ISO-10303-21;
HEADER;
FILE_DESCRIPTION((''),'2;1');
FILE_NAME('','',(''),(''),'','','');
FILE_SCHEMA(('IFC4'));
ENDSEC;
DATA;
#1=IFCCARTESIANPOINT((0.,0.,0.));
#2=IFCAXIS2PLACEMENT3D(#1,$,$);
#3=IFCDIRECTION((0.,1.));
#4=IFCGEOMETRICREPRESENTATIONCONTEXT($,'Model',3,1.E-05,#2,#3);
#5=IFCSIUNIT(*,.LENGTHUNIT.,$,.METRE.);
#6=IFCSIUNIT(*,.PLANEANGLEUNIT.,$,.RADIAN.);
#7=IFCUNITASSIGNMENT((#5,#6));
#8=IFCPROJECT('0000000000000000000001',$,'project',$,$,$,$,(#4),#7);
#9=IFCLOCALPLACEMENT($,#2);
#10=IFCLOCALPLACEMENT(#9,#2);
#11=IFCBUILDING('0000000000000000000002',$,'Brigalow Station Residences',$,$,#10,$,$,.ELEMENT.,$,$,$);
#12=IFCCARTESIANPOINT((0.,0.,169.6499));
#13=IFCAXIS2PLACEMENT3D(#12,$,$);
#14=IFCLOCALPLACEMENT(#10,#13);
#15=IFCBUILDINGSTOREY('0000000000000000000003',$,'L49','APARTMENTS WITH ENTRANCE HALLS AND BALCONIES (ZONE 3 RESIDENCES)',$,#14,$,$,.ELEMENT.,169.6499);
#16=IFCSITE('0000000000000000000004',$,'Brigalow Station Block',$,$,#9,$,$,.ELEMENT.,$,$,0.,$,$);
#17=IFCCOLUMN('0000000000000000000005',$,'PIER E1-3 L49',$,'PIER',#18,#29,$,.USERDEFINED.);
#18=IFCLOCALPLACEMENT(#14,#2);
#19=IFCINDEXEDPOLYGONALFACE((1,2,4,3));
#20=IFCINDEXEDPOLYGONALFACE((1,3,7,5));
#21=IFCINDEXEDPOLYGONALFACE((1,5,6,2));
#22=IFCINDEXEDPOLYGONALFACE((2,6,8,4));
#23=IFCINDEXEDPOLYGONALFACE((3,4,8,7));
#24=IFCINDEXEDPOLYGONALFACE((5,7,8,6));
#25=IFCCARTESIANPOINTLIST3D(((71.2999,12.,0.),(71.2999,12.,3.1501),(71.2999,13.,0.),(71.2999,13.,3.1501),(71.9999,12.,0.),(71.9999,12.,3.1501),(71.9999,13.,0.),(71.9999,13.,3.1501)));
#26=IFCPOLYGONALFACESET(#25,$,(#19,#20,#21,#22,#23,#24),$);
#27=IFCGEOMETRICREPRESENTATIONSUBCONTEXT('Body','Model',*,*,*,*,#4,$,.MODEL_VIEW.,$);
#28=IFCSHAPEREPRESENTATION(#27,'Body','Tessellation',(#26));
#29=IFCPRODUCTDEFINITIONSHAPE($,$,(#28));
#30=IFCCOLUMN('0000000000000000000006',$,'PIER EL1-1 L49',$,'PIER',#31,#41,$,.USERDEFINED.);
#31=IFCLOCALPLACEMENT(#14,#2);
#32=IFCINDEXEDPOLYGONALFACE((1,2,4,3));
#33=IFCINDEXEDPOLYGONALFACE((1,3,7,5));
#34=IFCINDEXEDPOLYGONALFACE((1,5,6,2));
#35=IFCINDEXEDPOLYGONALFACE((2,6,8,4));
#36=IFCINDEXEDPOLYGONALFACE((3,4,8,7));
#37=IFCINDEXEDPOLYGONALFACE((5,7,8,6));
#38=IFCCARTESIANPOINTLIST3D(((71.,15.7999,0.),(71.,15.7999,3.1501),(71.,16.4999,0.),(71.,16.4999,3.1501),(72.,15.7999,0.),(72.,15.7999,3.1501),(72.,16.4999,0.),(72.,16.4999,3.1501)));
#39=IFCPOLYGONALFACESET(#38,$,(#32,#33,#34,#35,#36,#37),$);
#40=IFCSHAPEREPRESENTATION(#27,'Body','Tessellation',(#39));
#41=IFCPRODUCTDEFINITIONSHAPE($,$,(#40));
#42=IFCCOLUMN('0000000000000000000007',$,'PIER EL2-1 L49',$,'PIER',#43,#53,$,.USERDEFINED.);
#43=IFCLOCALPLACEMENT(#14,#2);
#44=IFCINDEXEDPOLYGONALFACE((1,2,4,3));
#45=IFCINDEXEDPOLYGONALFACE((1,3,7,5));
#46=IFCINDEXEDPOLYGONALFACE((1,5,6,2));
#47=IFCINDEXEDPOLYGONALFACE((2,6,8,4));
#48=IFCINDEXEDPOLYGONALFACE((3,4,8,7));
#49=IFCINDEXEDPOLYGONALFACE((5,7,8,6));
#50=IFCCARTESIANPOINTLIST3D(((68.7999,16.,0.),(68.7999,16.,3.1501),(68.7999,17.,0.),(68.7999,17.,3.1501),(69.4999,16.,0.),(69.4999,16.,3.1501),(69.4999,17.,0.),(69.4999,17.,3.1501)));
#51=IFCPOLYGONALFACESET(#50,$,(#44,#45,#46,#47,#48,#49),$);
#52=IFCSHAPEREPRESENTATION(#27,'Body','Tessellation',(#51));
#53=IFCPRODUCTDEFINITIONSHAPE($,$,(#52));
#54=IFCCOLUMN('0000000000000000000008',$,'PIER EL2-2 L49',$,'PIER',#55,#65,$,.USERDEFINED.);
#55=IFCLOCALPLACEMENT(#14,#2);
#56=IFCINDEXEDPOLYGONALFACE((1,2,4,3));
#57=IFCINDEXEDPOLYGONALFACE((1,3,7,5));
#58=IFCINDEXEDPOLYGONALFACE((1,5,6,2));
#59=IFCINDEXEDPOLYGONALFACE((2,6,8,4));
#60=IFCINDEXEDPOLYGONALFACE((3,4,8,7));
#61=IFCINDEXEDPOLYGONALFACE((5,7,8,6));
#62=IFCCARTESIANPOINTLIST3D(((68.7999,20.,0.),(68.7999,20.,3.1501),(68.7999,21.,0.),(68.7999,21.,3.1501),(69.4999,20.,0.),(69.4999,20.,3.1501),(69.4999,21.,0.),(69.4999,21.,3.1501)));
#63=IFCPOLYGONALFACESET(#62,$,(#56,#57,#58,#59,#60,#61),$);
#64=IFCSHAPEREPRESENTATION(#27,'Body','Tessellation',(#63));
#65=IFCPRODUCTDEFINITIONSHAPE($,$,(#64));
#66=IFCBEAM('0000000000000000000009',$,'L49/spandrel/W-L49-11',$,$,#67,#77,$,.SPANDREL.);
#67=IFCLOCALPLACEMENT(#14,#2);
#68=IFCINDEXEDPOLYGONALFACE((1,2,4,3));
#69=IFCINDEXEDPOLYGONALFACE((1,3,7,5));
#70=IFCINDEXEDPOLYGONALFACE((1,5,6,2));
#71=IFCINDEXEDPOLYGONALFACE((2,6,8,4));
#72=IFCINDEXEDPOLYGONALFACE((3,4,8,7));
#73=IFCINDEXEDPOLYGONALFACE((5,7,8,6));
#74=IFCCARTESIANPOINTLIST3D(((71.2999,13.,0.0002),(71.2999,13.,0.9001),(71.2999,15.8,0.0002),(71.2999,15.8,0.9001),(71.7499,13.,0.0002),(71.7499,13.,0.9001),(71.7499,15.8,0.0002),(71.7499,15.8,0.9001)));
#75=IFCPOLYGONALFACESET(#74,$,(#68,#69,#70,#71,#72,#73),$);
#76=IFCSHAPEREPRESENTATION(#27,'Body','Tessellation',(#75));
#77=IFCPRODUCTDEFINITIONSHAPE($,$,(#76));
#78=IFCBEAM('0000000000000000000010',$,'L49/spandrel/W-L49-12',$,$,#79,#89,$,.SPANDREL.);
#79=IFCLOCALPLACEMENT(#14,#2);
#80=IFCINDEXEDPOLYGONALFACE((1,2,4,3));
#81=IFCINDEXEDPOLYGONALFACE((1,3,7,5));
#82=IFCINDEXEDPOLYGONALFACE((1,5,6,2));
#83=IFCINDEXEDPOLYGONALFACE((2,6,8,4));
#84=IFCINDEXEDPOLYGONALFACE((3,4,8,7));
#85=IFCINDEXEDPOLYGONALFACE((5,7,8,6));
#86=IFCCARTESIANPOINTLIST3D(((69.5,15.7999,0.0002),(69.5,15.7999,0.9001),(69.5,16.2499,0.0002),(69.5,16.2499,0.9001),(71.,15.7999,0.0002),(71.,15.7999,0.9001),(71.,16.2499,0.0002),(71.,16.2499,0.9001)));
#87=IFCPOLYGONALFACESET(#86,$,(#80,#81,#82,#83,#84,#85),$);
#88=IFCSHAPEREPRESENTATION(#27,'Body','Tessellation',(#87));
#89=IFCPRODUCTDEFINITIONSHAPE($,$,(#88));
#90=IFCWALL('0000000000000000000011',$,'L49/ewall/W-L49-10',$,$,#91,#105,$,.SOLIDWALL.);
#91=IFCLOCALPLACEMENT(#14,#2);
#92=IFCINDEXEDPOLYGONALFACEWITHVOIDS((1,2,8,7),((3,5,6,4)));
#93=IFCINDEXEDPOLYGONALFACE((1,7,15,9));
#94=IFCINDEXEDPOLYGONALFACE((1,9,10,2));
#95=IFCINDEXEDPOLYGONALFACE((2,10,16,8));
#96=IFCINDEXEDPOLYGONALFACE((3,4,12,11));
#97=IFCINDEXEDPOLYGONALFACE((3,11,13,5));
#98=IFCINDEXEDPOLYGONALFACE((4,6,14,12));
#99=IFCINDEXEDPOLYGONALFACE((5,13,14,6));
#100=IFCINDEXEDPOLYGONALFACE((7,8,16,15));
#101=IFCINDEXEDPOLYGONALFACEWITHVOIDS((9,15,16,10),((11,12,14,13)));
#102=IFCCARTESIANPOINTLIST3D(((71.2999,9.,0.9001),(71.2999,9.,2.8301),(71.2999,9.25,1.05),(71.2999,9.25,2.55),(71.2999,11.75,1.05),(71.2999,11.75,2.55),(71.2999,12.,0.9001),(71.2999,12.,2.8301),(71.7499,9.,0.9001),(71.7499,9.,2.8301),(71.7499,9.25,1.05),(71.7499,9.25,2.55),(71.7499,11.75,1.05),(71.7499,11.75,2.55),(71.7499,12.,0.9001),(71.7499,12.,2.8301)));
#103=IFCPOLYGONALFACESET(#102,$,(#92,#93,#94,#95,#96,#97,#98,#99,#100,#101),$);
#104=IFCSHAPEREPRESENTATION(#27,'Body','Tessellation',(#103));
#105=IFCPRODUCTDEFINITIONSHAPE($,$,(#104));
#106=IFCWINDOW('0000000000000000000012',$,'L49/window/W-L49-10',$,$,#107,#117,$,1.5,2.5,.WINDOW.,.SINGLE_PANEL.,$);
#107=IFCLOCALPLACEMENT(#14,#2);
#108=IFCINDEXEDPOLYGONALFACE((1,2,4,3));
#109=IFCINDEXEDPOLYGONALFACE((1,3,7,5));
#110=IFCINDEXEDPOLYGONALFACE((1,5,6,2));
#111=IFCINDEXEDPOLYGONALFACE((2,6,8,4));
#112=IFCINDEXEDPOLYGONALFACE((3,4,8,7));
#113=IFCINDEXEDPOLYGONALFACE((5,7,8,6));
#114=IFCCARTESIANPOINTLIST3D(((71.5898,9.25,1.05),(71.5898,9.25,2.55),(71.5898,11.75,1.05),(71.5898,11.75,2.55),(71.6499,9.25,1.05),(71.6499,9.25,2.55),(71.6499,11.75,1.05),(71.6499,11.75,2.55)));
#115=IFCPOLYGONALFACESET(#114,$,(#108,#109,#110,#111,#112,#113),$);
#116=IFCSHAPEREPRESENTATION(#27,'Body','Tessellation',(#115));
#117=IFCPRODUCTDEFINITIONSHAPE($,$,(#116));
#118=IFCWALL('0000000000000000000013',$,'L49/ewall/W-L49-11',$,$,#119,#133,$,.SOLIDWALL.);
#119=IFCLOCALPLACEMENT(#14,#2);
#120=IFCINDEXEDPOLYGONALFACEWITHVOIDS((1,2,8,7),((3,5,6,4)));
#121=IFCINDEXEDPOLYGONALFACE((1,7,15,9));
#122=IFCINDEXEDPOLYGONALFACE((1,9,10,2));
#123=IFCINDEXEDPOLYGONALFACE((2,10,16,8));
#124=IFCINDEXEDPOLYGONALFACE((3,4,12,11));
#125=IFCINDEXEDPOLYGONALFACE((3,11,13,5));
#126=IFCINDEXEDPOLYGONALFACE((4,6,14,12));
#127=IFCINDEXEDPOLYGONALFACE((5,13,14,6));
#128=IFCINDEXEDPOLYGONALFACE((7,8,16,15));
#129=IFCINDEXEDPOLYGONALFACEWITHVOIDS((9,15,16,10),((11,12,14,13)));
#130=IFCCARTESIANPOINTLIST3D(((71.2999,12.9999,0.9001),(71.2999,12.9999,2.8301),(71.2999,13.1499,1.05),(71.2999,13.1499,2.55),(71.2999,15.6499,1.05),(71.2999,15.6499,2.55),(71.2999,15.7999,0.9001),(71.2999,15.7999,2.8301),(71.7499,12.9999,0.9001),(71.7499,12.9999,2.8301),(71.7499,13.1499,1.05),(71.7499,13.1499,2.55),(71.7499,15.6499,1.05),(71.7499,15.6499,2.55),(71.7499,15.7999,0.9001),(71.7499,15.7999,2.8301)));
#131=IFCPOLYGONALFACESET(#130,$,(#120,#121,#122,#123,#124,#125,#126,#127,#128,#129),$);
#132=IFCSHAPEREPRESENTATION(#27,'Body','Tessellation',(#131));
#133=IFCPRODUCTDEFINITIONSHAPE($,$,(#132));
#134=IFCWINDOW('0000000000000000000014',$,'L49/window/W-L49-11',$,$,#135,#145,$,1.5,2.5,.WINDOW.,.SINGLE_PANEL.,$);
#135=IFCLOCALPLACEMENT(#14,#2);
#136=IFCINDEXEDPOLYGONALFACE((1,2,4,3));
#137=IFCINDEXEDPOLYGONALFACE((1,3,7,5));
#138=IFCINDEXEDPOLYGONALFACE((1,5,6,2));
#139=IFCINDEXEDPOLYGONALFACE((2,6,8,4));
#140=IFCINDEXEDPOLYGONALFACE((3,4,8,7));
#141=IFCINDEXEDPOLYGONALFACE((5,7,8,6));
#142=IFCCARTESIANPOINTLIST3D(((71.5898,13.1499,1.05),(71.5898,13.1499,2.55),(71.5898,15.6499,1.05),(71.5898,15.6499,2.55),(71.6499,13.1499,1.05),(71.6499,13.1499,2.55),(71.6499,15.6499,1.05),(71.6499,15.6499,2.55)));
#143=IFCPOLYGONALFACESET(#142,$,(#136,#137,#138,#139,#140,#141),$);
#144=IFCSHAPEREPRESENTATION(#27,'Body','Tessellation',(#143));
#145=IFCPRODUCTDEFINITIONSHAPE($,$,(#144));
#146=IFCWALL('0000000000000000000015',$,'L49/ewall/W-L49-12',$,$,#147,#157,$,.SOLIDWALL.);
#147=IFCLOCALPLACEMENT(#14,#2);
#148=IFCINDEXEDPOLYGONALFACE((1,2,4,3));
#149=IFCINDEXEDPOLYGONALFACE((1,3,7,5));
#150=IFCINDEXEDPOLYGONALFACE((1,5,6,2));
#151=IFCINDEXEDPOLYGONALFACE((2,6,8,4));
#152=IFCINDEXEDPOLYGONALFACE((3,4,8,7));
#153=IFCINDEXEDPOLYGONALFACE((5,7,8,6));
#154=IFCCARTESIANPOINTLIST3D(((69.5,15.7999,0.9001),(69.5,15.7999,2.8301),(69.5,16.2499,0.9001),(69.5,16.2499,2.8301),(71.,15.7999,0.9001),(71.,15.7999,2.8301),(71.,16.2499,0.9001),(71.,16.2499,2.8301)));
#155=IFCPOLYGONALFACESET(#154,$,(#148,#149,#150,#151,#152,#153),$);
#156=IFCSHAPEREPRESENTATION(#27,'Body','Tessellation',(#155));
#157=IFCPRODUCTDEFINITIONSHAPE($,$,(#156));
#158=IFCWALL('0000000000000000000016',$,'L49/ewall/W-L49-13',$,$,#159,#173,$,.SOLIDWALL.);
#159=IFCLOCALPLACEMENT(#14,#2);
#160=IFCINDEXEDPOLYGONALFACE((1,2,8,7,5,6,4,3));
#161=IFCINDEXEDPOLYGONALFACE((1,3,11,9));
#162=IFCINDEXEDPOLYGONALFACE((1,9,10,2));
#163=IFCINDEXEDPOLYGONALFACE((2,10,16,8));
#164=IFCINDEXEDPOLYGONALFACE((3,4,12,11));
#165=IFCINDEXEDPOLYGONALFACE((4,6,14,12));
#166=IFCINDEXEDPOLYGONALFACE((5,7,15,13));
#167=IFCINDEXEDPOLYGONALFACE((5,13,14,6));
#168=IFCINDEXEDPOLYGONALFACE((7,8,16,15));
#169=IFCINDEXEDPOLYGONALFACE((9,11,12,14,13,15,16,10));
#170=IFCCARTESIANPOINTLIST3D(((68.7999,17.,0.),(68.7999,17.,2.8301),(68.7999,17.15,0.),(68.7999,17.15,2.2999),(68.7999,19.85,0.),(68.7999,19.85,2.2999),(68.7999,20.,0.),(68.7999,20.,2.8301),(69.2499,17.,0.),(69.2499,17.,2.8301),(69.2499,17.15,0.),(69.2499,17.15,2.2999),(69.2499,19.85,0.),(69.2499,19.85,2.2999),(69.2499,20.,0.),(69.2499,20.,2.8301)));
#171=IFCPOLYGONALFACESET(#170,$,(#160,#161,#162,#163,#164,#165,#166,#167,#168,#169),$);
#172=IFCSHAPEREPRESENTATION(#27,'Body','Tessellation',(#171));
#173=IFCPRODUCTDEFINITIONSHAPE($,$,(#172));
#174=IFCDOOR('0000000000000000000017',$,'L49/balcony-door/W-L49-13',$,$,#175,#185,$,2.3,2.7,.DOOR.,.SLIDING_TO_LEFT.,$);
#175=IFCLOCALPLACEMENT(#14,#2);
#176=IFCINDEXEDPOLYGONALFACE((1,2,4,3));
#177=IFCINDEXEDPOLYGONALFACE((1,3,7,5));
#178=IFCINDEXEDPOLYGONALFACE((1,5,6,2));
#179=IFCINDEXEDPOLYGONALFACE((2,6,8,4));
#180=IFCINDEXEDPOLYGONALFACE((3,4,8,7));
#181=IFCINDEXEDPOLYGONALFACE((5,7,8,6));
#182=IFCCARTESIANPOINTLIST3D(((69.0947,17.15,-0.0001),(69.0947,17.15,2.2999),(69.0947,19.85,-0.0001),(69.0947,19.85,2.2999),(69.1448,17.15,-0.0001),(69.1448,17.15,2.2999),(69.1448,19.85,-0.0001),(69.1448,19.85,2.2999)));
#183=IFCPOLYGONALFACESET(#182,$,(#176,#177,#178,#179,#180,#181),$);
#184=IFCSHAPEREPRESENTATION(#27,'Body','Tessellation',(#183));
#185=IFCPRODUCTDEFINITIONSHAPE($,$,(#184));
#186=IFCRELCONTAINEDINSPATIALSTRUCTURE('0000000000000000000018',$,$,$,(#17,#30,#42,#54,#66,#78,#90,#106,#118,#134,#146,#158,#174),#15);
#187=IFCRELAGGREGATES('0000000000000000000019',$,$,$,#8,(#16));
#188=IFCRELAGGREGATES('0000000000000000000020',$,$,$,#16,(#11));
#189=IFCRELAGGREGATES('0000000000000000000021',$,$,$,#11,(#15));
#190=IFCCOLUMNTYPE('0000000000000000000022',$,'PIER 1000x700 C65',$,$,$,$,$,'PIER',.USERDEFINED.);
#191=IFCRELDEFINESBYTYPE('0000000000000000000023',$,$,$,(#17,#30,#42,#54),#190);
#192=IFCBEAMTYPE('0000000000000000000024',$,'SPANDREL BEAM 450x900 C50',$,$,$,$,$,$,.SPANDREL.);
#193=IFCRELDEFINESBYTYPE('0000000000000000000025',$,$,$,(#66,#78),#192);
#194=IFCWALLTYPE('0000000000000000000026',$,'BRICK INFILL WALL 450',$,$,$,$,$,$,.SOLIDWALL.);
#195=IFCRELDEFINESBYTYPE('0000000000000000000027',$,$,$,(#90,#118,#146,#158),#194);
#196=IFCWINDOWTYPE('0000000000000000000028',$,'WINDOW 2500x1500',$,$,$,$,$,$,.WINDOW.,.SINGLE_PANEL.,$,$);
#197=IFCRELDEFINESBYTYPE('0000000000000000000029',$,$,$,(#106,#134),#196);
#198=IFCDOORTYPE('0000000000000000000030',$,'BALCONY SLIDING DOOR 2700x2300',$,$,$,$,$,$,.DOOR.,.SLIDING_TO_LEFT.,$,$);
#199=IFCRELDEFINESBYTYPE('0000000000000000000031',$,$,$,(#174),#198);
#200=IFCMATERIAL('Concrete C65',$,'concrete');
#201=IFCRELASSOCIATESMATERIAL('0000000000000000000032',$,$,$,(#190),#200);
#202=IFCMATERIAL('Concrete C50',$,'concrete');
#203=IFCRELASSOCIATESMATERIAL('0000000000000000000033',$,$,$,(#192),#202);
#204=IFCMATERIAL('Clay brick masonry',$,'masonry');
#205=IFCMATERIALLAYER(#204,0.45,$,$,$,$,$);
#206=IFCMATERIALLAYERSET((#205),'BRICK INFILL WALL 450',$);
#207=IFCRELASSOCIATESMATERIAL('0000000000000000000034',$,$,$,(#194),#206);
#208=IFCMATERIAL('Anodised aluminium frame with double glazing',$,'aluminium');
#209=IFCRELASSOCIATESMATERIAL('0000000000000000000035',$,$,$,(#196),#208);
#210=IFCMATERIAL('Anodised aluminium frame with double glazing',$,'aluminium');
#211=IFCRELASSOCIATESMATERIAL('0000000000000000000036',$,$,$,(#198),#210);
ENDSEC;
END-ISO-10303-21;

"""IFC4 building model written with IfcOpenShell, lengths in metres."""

from ifc_helpers import new_model, si_unit, direction, frame, frame_2d, origin, origin_2d, place, context, subcontext, project, spatial, rectangle, extrude, material, layer, layer_set, material_profile, profile_set, type_object, element, fill, save


model = new_model("IFC4")

# Units and contexts
model_context = context("Model", 3, precision=1e-05, world=origin(), true_north=direction((0.0, 1.0)))
body_context = subcontext(model_context, "Body", "Model", "MODEL_VIEW")
ifc_project = project(units=[si_unit("LENGTHUNIT", "METRE"), si_unit("PLANEANGLEUNIT", "RADIAN")], contexts=[model_context])

# Site, building, storey
site_placement = place(None, origin())
site = spatial("IfcSite", under=ifc_project, at=site_placement, Name="Brigalow Station Block", CompositionType="ELEMENT", RefElevation=0.0)
building_placement = place(site_placement, origin())
building = spatial("IfcBuilding", under=site, at=building_placement, Name="Brigalow Station Residences", CompositionType="ELEMENT")
storey_placement = place(building_placement, frame((0.0, 0.0, 169.6499)))
storey = spatial("IfcBuildingStorey", under=building, at=storey_placement, Name="L49", Description="APARTMENTS WITH ENTRANCE HALLS AND BALCONIES (ZONE 3 RESIDENCES)", CompositionType="ELEMENT", Elevation=169.6499)

# Columns
ifc_material_1 = material(Name="Concrete C65", Category="concrete")
ifc_material_profile_1 = material_profile(ifc_material_1, rectangle(XDim=1.0, YDim=0.7, at=origin_2d()), Name="RC1000x700")
ifc_profile_set_1 = profile_set([ifc_material_profile_1], Name="Concrete C65")
column_type = type_object("IfcColumnType", Name="PIER 1000x700 C65", ElementType="PIER", PredefinedType="USERDEFINED", material=ifc_profile_set_1)
for number, where, z_axis, x_axis, name in (
    (1, (71.6499, 12.5, 0.0), (0.0, 0.0, 1.0), (0.0, 1.0, 0.0), "PIER E1-3 L49"),
    (2, (71.5, 16.1499, 0.0), (0.0, 0.0, 1.0), (-1.0, 0.0, 0.0), "PIER EL1-1 L49"),
    (3, (69.1499, 16.5, 0.0), (0.0, 0.0, 1.0), (0.0, 1.0, 0.0), "PIER EL2-1 L49"),
    (4, (69.1499, 20.5, 0.0), (0.0, 0.0, 1.0), (0.0, 1.0, 0.0), "PIER EL2-2 L49"),
):
    element("IfcColumn", number, at=place(storey_placement, frame(where, z_axis=z_axis, x_axis=x_axis)), inside=storey, type_object=column_type, Name=name, ObjectType="PIER", PredefinedType="USERDEFINED", context=body_context, shape_type="SweptSolid", body=[
        extrude(rectangle(XDim=1.0, YDim=0.7, at=origin_2d()), origin(), (0.0, 0.0, 1.0), 3.1501),
    ])

# Beams
ifc_material_2 = material(Name="Concrete C50", Category="concrete")
ifc_material_profile_2 = material_profile(ifc_material_2, rectangle(XDim=0.45, YDim=0.8999, at=origin_2d()), Name="RC450x900")
ifc_profile_set_2 = profile_set([ifc_material_profile_2], Name="Concrete C50")
beam_type = type_object("IfcBeamType", Name="SPANDREL BEAM 450x900 C50", PredefinedType="SPANDREL", material=ifc_profile_set_2)
beam_1_placement = place(storey_placement, frame((71.5249, 13.0, 0.4502), z_axis=(0.0, 1.0, 0.0), x_axis=(-1.0, 0.0, 0.0)))
element("IfcBeam", 5, at=beam_1_placement, inside=storey, type_object=beam_type, Name="L49/spandrel/W-L49-11", PredefinedType="SPANDREL", context=body_context, shape_type="SweptSolid", body=[
    extrude(rectangle(XDim=0.45, YDim=0.8999, at=origin_2d()), origin(), (0.0, 0.0, 1.0), 2.8),
])
beam_2_placement = place(storey_placement, frame((71.0, 16.0249, 0.4502), z_axis=(-1.0, 0.0, 0.0), x_axis=(0.0, -1.0, 0.0)))
element("IfcBeam", 6, at=beam_2_placement, inside=storey, type_object=beam_type, Name="L49/spandrel/W-L49-12", PredefinedType="SPANDREL", context=body_context, shape_type="SweptSolid", body=[
    extrude(rectangle(XDim=0.45, YDim=0.8999, at=origin_2d()), origin(), (0.0, 0.0, 1.0), 1.5),
])

# Walls, openings, windows
ifc_material_3 = material(Name="Clay brick masonry", Category="masonry")
ifc_layer = layer(ifc_material_3, 0.45)
ifc_layer_set = layer_set([ifc_layer], Name="BRICK INFILL WALL 450")
wall_type = type_object("IfcWallType", Name="BRICK INFILL WALL 450", PredefinedType="SOLIDWALL", material=ifc_layer_set)
wall_1_placement = place(storey_placement, frame((71.5249, 9.0, 0.9001), z_axis=(0.0, 0.0, 1.0), x_axis=(0.0, 1.0, 0.0)))
wall_1 = element("IfcWall", 7, at=wall_1_placement, inside=storey, type_object=wall_type, Name="L49/ewall/W-L49-10", PredefinedType="SOLIDWALL", context=body_context, shape_type="SweptSolid", body=[
    extrude(rectangle(XDim=3.0, YDim=0.45, at=frame_2d((1.5, 0.0))), origin(), (0.0, 0.0, 1.0), 1.9299),
])
opening_1_placement = place(wall_1_placement, frame((0.25, 0.0, 0.1499)))
opening_1 = element("IfcOpeningElement", 8, at=opening_1_placement, cuts=wall_1, PredefinedType="OPENING", context=body_context, shape_type="SweptSolid", body=[
    extrude(rectangle(XDim=2.5, YDim=1.5, at=frame_2d((1.25, 0.75))), frame((0.0, 0.2349, 0.0), z_axis=(0.0, -1.0, 0.0), x_axis=(1.0, 0.0, 0.0)), (0.0, 0.0, 1.0), 0.47),
])
ifc_material_4 = material(Name="Anodised aluminium frame with double glazing", Category="aluminium")
window_type = type_object("IfcWindowType", Name="WINDOW 2500x1500", PartitioningType="SINGLE_PANEL", PredefinedType="WINDOW", material=ifc_material_4)
window_1_placement = place(opening_1_placement, origin())
window_1 = element("IfcWindow", 9, at=window_1_placement, inside=storey, type_object=window_type, Name="L49/window/W-L49-10", OverallHeight=1.5, OverallWidth=2.5, PartitioningType="SINGLE_PANEL", PredefinedType="WINDOW", context=body_context, shape_type="SweptSolid", body=[
    extrude(rectangle(XDim=2.5, YDim=1.5, at=frame_2d((1.25, 0.75))), frame((0.0, -0.0649, 0.0), z_axis=(0.0, -1.0, 0.0), x_axis=(1.0, 0.0, 0.0)), (0.0, 0.0, 1.0), 0.0601),
])
fill(opening_1, window_1)
wall_2_placement = place(storey_placement, frame((71.5249, 13.0, 0.9001), z_axis=(0.0, 0.0, 1.0), x_axis=(0.0, 1.0, 0.0)))
wall_2 = element("IfcWall", 10, at=wall_2_placement, inside=storey, type_object=wall_type, Name="L49/ewall/W-L49-11", PredefinedType="SOLIDWALL", context=body_context, shape_type="SweptSolid", body=[
    extrude(rectangle(XDim=2.8, YDim=0.45, at=frame_2d((1.3999, 0.0))), origin(), (0.0, 0.0, 1.0), 1.9299),
])
opening_2_placement = place(wall_2_placement, frame((0.1499, 0.0, 0.1499)))
opening_2 = element("IfcOpeningElement", 11, at=opening_2_placement, cuts=wall_2, PredefinedType="OPENING", context=body_context, shape_type="SweptSolid", body=[
    extrude(rectangle(XDim=2.5, YDim=1.5, at=frame_2d((1.25, 0.75))), frame((0.0, 0.2349, 0.0), z_axis=(0.0, -1.0, 0.0), x_axis=(1.0, 0.0, 0.0)), (0.0, 0.0, 1.0), 0.47),
])
window_2_placement = place(opening_2_placement, origin())
window_2 = element("IfcWindow", 12, at=window_2_placement, inside=storey, type_object=window_type, Name="L49/window/W-L49-11", OverallHeight=1.5, OverallWidth=2.5, PartitioningType="SINGLE_PANEL", PredefinedType="WINDOW", context=body_context, shape_type="SweptSolid", body=[
    extrude(rectangle(XDim=2.5, YDim=1.5, at=frame_2d((1.25, 0.75))), frame((0.0, -0.0649, 0.0), z_axis=(0.0, -1.0, 0.0), x_axis=(1.0, 0.0, 0.0)), (0.0, 0.0, 1.0), 0.0601),
])
fill(opening_2, window_2)

# Wall
wall_3_placement = place(storey_placement, frame((71.0, 16.0249, 0.9001), z_axis=(0.0, 0.0, 1.0), x_axis=(-1.0, 0.0, 0.0)))
element("IfcWall", 13, at=wall_3_placement, inside=storey, type_object=wall_type, Name="L49/ewall/W-L49-12", PredefinedType="SOLIDWALL", context=body_context, shape_type="SweptSolid", body=[
    extrude(rectangle(XDim=1.5, YDim=0.45, at=frame_2d((0.75, 0.0))), origin(), (0.0, 0.0, 1.0), 1.9299),
])

# Wall, opening, door
wall_4_placement = place(storey_placement, frame((69.0249, 17.0, 0.0), z_axis=(0.0, 0.0, 1.0), x_axis=(0.0, 1.0, 0.0)))
wall_4 = element("IfcWall", 14, at=wall_4_placement, inside=storey, type_object=wall_type, Name="L49/ewall/W-L49-13", PredefinedType="SOLIDWALL", context=body_context, shape_type="SweptSolid", body=[
    extrude(rectangle(XDim=3.0, YDim=0.45, at=frame_2d((1.5, 0.0))), origin(), (0.0, 0.0, 1.0), 2.8301),
])
opening_3_placement = place(wall_4_placement, frame((0.1499, 0.0, 0.0)))
opening_3 = element("IfcOpeningElement", 15, at=opening_3_placement, cuts=wall_4, PredefinedType="OPENING", context=body_context, shape_type="SweptSolid", body=[
    extrude(rectangle(XDim=2.7, YDim=2.3, at=frame_2d((1.3501, 1.1499))), frame((0.0, 0.2349, 0.0), z_axis=(0.0, -1.0, 0.0), x_axis=(1.0, 0.0, 0.0)), (0.0, 0.0, 1.0), 0.47),
])
ifc_material_5 = material(Name="Anodised aluminium frame with double glazing", Category="aluminium")
door_type = type_object("IfcDoorType", Name="BALCONY SLIDING DOOR 2700x2300", OperationType="SLIDING_TO_LEFT", PredefinedType="DOOR", material=ifc_material_5)
door_1_placement = place(opening_3_placement, origin())
door_1 = element("IfcDoor", 16, at=door_1_placement, inside=storey, type_object=door_type, Name="L49/balcony-door/W-L49-13", OperationType="SLIDING_TO_LEFT", OverallHeight=2.3, OverallWidth=2.7, PredefinedType="DOOR", context=body_context, shape_type="SweptSolid", body=[
    extrude(rectangle(XDim=2.7, YDim=2.3, at=frame_2d((1.3501, 1.1499))), frame((0.0, -0.0698, 0.0), z_axis=(0.0, -1.0, 0.0), x_axis=(1.0, 0.0, 0.0)), (0.0, 0.0, 1.0), 0.05),
])
fill(opening_3, door_1)

save(model, "model.ifc")
